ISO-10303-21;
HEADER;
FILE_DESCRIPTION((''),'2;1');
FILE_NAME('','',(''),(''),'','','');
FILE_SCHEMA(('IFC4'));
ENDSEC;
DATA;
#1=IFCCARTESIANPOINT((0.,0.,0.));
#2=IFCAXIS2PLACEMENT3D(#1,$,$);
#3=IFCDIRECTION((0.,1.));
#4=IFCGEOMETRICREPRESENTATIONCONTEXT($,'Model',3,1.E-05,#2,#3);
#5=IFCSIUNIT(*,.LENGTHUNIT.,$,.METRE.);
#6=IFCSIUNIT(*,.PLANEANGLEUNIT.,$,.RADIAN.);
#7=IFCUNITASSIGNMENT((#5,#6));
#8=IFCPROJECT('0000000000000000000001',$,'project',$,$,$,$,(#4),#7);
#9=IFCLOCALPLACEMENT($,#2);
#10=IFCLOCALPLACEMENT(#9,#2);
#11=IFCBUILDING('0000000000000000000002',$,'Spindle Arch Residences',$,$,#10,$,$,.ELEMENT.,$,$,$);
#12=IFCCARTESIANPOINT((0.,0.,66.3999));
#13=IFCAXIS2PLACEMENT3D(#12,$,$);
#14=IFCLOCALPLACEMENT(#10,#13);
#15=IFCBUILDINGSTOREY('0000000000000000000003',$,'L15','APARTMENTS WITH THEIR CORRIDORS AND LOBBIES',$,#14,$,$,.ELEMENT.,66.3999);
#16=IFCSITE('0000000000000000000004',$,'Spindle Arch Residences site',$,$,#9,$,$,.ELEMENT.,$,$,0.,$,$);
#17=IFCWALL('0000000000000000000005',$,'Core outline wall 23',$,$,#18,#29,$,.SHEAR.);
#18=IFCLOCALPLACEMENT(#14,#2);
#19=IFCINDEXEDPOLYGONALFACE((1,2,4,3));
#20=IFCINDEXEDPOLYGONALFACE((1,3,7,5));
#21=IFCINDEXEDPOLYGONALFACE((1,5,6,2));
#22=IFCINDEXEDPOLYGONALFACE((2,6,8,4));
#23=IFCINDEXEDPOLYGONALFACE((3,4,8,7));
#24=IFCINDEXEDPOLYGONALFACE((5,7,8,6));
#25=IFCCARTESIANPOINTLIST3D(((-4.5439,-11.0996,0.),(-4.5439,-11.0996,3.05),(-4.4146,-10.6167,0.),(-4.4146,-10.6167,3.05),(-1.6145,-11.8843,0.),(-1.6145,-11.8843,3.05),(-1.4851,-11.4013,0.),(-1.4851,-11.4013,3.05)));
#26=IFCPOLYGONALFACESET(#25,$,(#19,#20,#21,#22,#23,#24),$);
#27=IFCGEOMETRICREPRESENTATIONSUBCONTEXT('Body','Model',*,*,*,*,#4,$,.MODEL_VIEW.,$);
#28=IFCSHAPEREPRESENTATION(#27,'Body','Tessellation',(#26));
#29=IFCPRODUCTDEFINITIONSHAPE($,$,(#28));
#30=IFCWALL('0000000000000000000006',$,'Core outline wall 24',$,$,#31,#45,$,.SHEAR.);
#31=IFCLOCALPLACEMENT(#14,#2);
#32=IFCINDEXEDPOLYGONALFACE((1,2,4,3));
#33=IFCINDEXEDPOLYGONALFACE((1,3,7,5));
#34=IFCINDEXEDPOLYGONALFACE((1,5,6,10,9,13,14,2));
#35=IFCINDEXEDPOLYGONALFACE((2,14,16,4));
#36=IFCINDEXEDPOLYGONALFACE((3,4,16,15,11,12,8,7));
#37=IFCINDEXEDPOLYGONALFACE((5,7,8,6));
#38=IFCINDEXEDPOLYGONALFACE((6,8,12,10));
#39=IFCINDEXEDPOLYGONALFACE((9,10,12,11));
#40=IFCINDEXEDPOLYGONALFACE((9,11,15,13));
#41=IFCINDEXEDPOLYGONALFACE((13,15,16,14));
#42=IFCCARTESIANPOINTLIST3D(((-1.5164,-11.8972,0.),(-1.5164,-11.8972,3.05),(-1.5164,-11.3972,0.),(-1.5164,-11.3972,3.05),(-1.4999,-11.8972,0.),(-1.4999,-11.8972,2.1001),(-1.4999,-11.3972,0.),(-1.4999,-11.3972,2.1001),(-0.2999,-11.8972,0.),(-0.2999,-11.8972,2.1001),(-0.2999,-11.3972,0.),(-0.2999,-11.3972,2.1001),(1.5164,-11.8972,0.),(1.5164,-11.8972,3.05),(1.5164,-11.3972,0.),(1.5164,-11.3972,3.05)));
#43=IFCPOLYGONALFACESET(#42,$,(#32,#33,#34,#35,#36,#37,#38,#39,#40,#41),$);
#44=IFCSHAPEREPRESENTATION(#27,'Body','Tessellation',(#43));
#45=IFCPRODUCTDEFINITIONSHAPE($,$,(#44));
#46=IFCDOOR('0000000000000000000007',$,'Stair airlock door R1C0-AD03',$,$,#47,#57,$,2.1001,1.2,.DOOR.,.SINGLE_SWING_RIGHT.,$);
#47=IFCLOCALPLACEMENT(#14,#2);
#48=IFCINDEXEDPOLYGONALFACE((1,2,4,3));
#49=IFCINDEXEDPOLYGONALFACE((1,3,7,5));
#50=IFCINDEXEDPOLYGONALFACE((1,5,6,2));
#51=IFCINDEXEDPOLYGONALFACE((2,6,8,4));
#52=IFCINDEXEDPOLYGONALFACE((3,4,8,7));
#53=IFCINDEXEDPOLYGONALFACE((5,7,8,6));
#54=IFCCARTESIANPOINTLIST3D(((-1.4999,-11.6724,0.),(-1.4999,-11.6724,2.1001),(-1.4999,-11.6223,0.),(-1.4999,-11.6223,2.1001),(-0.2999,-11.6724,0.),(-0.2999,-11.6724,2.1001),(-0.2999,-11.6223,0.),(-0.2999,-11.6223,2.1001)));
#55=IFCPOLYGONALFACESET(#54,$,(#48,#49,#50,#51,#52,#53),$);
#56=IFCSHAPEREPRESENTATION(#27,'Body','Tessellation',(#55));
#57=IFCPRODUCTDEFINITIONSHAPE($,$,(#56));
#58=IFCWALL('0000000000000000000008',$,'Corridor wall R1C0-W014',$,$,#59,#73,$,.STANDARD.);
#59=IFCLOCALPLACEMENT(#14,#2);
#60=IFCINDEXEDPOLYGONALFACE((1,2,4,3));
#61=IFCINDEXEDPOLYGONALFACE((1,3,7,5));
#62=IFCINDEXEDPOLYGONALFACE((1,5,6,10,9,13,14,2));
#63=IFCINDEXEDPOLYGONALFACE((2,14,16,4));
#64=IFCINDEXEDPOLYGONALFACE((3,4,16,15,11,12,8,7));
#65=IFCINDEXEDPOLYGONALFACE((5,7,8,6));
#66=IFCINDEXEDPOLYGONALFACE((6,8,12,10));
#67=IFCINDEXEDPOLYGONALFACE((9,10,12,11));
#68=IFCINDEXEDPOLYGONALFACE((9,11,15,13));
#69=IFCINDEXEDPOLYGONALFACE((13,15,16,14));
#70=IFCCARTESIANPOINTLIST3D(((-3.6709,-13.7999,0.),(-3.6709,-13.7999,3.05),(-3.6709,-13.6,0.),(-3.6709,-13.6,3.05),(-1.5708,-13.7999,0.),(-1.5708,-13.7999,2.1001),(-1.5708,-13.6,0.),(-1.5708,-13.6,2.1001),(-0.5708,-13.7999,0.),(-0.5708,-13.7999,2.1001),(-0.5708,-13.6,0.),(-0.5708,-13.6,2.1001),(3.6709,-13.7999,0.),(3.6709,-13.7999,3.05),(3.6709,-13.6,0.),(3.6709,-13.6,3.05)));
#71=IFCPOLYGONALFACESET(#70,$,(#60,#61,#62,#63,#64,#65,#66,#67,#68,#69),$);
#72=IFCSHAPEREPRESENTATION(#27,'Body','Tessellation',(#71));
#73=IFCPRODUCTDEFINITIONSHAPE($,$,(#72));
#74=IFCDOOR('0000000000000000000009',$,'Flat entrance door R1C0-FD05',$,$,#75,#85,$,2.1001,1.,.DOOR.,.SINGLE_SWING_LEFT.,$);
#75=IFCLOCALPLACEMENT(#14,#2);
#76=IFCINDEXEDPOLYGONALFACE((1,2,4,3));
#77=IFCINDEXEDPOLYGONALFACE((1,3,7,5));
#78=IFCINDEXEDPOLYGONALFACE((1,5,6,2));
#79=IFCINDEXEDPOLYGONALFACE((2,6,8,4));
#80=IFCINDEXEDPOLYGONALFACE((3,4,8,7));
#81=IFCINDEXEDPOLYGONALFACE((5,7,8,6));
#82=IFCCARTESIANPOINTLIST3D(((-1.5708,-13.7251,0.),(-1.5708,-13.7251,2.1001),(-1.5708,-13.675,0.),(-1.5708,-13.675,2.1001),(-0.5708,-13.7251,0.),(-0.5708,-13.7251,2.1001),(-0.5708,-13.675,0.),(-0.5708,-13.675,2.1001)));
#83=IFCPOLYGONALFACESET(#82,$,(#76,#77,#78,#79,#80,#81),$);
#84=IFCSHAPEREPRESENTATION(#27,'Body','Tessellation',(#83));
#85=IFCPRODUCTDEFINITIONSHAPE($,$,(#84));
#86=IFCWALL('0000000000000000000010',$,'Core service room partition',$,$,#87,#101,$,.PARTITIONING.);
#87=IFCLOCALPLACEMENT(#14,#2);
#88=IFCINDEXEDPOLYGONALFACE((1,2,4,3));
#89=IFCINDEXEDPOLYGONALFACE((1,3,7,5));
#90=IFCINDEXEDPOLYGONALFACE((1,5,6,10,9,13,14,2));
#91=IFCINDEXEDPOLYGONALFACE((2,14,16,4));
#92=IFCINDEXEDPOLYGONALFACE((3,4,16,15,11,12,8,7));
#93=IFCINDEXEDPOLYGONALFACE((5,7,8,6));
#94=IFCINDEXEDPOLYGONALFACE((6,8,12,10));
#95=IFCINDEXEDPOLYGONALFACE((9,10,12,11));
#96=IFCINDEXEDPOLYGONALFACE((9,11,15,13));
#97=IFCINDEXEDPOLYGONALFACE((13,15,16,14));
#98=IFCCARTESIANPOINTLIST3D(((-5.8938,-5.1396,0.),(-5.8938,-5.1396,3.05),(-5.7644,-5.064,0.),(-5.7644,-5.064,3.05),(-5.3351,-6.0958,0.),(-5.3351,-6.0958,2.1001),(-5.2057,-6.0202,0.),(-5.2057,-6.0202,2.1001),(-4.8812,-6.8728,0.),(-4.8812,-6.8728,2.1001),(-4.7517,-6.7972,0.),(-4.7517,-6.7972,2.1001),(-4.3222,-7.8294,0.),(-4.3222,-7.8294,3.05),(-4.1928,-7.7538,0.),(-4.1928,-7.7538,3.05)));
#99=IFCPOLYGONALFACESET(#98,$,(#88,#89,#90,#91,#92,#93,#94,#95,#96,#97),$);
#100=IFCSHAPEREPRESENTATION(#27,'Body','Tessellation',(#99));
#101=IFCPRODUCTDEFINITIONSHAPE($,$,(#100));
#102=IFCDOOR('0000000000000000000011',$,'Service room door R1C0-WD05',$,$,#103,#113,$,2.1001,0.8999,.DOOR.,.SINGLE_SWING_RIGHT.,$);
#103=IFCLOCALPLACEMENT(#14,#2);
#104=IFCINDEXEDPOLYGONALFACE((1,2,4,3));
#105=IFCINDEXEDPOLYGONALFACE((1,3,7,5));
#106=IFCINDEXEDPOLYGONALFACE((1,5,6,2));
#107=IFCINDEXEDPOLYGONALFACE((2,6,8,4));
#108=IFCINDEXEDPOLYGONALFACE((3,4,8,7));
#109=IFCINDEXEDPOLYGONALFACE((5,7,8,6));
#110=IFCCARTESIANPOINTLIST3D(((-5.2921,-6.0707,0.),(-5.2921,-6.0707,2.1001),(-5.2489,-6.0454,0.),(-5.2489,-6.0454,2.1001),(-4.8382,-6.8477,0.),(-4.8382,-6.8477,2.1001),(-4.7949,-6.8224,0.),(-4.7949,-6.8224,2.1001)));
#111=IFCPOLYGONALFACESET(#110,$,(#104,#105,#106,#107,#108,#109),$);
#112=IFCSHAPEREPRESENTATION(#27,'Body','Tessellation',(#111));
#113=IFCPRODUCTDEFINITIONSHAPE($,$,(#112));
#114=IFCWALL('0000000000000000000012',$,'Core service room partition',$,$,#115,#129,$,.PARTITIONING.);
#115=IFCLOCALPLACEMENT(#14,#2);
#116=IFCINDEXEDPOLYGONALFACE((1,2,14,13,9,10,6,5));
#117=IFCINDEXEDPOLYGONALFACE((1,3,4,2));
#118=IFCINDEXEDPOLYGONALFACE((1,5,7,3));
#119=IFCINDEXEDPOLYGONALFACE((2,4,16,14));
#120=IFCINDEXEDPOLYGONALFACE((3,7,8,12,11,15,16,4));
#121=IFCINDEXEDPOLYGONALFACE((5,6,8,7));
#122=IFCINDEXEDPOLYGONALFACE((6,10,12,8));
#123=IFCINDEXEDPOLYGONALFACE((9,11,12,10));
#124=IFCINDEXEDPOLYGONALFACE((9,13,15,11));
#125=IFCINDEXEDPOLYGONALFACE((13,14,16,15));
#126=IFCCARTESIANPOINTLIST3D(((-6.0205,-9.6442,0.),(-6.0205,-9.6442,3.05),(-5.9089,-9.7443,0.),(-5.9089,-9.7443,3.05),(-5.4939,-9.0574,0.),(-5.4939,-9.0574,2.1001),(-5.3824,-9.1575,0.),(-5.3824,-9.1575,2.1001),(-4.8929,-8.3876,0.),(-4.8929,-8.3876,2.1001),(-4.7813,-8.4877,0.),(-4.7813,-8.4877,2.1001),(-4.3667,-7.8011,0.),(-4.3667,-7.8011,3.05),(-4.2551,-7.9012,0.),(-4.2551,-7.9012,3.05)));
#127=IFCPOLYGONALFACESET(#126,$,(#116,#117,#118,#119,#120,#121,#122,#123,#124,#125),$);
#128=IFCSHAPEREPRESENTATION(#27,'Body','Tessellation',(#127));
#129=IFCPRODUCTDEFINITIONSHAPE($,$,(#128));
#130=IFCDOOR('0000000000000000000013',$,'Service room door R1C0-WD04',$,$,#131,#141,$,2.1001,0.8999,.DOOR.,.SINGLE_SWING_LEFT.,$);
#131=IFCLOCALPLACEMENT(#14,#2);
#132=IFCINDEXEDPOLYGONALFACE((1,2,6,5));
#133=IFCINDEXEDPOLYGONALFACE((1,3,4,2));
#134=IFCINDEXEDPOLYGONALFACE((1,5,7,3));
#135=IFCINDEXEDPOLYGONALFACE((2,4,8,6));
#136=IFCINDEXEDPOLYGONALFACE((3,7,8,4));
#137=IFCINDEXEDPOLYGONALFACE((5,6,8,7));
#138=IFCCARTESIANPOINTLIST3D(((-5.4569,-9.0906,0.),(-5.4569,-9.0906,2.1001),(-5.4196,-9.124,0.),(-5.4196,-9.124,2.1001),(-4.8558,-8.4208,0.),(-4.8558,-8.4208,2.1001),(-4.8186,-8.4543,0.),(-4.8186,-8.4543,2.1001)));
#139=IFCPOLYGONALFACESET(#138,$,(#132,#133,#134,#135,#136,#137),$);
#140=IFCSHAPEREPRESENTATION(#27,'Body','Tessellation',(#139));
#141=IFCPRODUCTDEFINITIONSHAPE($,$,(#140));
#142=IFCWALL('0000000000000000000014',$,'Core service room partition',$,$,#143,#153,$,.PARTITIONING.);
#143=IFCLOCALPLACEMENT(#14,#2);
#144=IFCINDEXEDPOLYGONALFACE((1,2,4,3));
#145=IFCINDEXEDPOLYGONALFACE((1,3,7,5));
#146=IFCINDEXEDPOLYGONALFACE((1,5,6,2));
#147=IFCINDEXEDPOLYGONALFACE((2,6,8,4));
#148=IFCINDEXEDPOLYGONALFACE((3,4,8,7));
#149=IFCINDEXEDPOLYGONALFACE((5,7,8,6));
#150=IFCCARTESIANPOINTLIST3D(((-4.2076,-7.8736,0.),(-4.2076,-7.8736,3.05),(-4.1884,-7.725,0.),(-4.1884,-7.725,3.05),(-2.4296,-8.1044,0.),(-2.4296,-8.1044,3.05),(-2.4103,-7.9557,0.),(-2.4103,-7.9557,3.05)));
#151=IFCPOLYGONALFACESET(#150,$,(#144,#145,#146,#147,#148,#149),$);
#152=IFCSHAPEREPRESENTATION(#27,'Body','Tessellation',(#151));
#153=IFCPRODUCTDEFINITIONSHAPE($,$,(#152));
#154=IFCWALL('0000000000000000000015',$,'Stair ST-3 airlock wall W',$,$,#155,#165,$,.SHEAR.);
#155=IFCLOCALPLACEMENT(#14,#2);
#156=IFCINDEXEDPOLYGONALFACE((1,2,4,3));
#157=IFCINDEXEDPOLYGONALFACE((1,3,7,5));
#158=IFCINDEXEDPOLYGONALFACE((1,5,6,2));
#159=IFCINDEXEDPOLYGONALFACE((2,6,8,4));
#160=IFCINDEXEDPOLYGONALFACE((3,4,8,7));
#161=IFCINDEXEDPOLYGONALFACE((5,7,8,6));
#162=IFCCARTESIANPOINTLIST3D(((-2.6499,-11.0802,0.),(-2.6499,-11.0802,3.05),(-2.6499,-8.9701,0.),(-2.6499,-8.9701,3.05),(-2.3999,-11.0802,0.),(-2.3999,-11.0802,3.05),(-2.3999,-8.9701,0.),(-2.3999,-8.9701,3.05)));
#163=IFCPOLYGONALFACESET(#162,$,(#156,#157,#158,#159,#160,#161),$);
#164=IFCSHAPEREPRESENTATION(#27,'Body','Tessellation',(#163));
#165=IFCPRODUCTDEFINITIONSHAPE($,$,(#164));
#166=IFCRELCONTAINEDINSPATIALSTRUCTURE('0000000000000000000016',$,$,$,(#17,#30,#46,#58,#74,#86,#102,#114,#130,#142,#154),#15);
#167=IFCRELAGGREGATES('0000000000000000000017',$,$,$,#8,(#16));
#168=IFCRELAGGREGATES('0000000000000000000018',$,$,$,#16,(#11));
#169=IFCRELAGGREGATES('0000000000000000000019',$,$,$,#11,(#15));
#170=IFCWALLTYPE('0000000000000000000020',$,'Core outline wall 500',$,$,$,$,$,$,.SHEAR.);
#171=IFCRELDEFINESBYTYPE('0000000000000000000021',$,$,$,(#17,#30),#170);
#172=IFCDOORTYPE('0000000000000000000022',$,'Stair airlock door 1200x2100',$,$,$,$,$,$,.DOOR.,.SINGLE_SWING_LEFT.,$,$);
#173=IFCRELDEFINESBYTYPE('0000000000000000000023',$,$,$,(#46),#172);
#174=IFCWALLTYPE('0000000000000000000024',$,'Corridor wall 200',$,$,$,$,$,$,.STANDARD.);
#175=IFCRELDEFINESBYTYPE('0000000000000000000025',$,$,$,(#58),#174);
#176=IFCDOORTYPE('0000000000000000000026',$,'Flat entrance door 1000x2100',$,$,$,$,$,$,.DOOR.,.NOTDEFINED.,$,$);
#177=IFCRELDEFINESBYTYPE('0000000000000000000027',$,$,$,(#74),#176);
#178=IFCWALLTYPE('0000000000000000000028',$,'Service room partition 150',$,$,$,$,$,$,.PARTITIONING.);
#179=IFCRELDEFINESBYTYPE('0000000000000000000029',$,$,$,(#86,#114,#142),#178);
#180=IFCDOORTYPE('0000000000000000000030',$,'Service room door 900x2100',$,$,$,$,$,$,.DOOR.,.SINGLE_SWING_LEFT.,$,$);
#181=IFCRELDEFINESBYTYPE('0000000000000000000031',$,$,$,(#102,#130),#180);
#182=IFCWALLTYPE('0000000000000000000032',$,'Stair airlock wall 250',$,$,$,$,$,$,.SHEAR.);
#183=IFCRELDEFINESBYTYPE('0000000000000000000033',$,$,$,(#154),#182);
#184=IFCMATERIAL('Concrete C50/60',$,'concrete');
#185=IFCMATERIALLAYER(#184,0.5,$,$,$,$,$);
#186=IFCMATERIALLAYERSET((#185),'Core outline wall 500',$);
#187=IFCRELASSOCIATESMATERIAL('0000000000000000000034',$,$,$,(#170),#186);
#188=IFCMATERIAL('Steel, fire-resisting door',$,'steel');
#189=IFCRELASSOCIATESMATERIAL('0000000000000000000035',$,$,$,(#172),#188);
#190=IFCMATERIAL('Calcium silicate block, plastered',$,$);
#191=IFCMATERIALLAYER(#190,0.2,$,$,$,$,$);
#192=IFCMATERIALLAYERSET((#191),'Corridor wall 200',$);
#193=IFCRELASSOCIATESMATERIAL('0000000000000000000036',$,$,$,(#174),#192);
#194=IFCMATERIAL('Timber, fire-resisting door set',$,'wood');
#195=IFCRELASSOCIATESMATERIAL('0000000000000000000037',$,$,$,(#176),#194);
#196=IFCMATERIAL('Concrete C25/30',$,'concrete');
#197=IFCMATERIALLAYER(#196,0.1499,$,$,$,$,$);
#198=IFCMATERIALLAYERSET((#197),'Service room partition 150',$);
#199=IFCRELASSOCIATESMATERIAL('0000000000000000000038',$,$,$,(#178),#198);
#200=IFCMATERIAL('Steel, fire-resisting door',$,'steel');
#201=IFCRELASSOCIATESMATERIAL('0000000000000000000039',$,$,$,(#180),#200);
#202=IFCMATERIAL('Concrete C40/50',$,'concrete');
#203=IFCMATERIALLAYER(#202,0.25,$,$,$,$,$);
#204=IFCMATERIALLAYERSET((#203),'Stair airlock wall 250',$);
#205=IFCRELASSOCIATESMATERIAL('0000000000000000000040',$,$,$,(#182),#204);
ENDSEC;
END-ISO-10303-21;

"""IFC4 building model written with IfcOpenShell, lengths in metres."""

from ifc_helpers import new_model, si_unit, direction, frame, frame_2d, origin, place, context, subcontext, project, spatial, rectangle, extrude, material, layer, layer_set, type_object, element, fill, save


model = new_model("IFC4")

# Units and contexts
model_context = context("Model", 3, precision=1e-05, world=origin(), true_north=direction((0.0, 1.0)))
body_context = subcontext(model_context, "Body", "Model", "MODEL_VIEW")
ifc_project = project(units=[si_unit("LENGTHUNIT", "METRE"), si_unit("PLANEANGLEUNIT", "RADIAN")], contexts=[model_context])

# Site, building, storey
site_placement = place(None, origin())
site = spatial("IfcSite", under=ifc_project, at=site_placement, Name="Spindle Arch Residences site", CompositionType="ELEMENT", RefElevation=0.0)
building_placement = place(site_placement, origin())
building = spatial("IfcBuilding", under=site, at=building_placement, Name="Spindle Arch Residences", CompositionType="ELEMENT")
storey_placement = place(building_placement, frame((0.0, 0.0, 66.3999)))
storey = spatial("IfcBuildingStorey", under=building, at=storey_placement, Name="L15", Description="APARTMENTS WITH THEIR CORRIDORS AND LOBBIES", CompositionType="ELEMENT", Elevation=66.3999)

# Wall
ifc_material_1 = material(Name="Concrete C50/60", Category="concrete")
ifc_layer_1 = layer(ifc_material_1, 0.5)
ifc_layer_set_1 = layer_set([ifc_layer_1], Name="Core outline wall 500")
wall_type_1 = type_object("IfcWallType", Name="Core outline wall 500", PredefinedType="SHEAR", material=ifc_layer_set_1)
wall_1_placement = place(storey_placement, frame((-4.4792, -10.8582, 0.0), z_axis=(0.0, 0.0, 1.0), x_axis=(0.965948, -0.258735, 0.0)))
element("IfcWall", 1, at=wall_1_placement, inside=storey, type_object=wall_type_1, Name="Core outline wall 23", PredefinedType="SHEAR", context=body_context, shape_type="SweptSolid", body=[
    extrude(rectangle(XDim=3.0327, YDim=0.5, at=frame_2d((1.5164, 0.0))), origin(), (0.0, 0.0, 1.0), 3.05),
])

# Walls, openings, doors
wall_2_placement = place(storey_placement, frame((-1.5164, -11.6472, 0.0), z_axis=(0.0, 0.0, 1.0), x_axis=(1.0, 0.0, 0.0)))
wall_2 = element("IfcWall", 2, at=wall_2_placement, inside=storey, type_object=wall_type_1, Name="Core outline wall 24", PredefinedType="SHEAR", context=body_context, shape_type="SweptSolid", body=[
    extrude(rectangle(XDim=3.0327, YDim=0.5, at=frame_2d((1.5164, 0.0))), origin(), (0.0, 0.0, 1.0), 3.05),
])
opening_1_placement = place(wall_2_placement, frame((0.0164, 0.0, 0.0)))
opening_1 = element("IfcOpeningElement", 3, at=opening_1_placement, cuts=wall_2, PredefinedType="OPENING", context=body_context, shape_type="SweptSolid", body=[
    extrude(rectangle(XDim=1.2, YDim=2.1001, at=frame_2d((0.6001, 1.05))), frame((0.0, 0.26, 0.0), z_axis=(0.0, -1.0, 0.0), x_axis=(1.0, 0.0, 0.0)), (0.0, 0.0, 1.0), 0.52),
])
ifc_material_2 = material(Name="Steel, fire-resisting door", Category="steel")
door_type_1 = type_object("IfcDoorType", Name="Stair airlock door 1200x2100", OperationType="SINGLE_SWING_LEFT", PredefinedType="DOOR", material=ifc_material_2)
door_1_placement = place(opening_1_placement, origin())
door_1 = element("IfcDoor", 4, at=door_1_placement, inside=storey, type_object=door_type_1, Name="Stair airlock door R1C0-AD03", OperationType="SINGLE_SWING_RIGHT", OverallHeight=2.1001, OverallWidth=1.2, PredefinedType="DOOR", context=body_context, shape_type="SweptSolid", body=[
    extrude(rectangle(XDim=1.2, YDim=2.1001, at=frame_2d((0.6001, 1.05))), frame((0.0, 0.0249, 0.0), z_axis=(0.0, -1.0, 0.0), x_axis=(1.0, 0.0, 0.0)), (0.0, 0.0, 1.0), 0.05),
])
fill(opening_1, door_1)
ifc_material_3 = material(Name="Calcium silicate block, plastered")
ifc_layer_2 = layer(ifc_material_3, 0.2)
ifc_layer_set_2 = layer_set([ifc_layer_2], Name="Corridor wall 200")
wall_type_2 = type_object("IfcWallType", Name="Corridor wall 200", PredefinedType="STANDARD", material=ifc_layer_set_2)
wall_3_placement = place(storey_placement, frame((-3.6709, -13.7, 0.0), z_axis=(0.0, 0.0, 1.0), x_axis=(1.0, 0.0, 0.0)))
wall_3 = element("IfcWall", 5, at=wall_3_placement, inside=storey, type_object=wall_type_2, Name="Corridor wall R1C0-W014", PredefinedType="STANDARD", context=body_context, shape_type="SweptSolid", body=[
    extrude(rectangle(XDim=7.3418, YDim=0.2, at=frame_2d((3.6709, 0.0))), origin(), (0.0, 0.0, 1.0), 3.05),
])
opening_2_placement = place(wall_3_placement, frame((2.1001, 0.0, 0.0)))
opening_2 = element("IfcOpeningElement", 6, at=opening_2_placement, cuts=wall_3, PredefinedType="OPENING", context=body_context, shape_type="SweptSolid", body=[
    extrude(rectangle(XDim=1.0, YDim=2.1001, at=frame_2d((0.5, 1.05))), frame((0.0, 0.1099, 0.0), z_axis=(0.0, -1.0, 0.0), x_axis=(1.0, 0.0, 0.0)), (0.0, 0.0, 1.0), 0.22),
])
ifc_material_4 = material(Name="Timber, fire-resisting door set", Category="wood")
door_type_2 = type_object("IfcDoorType", Name="Flat entrance door 1000x2100", OperationType="NOTDEFINED", PredefinedType="DOOR", material=ifc_material_4)
door_2_placement = place(opening_2_placement, origin())
door_2 = element("IfcDoor", 7, at=door_2_placement, inside=storey, type_object=door_type_2, Name="Flat entrance door R1C0-FD05", OperationType="SINGLE_SWING_LEFT", OverallHeight=2.1001, OverallWidth=1.0, PredefinedType="DOOR", context=body_context, shape_type="SweptSolid", body=[
    extrude(rectangle(XDim=1.0, YDim=2.1001, at=frame_2d((0.5, 1.05))), frame((0.0, 0.0249, 0.0), z_axis=(0.0, -1.0, 0.0), x_axis=(1.0, 0.0, 0.0)), (0.0, 0.0, 1.0), 0.05),
])
fill(opening_2, door_2)
ifc_material_5 = material(Name="Concrete C25/30", Category="concrete")
ifc_layer_3 = layer(ifc_material_5, 0.1499)
ifc_layer_set_3 = layer_set([ifc_layer_3], Name="Service room partition 150")
wall_type_3 = type_object("IfcWallType", Name="Service room partition 150", PredefinedType="PARTITIONING", material=ifc_layer_set_3)
wall_4_placement = place(storey_placement, frame((-5.8291, -5.1018, 0.0), z_axis=(0.0, 0.0, 1.0), x_axis=(0.50448, -0.863423, 0.0)))
wall_4 = element("IfcWall", 8, at=wall_4_placement, inside=storey, type_object=wall_type_3, Name="Core service room partition", PredefinedType="PARTITIONING", context=body_context, shape_type="SweptSolid", body=[
    extrude(rectangle(XDim=3.1152, YDim=0.1499, at=frame_2d((1.5576, 0.0))), origin(), (0.0, 0.0, 1.0), 3.05),
])
opening_3_placement = place(wall_4_placement, frame((1.1074, 0.0, 0.0)))
opening_3 = element("IfcOpeningElement", 9, at=opening_3_placement, cuts=wall_4, PredefinedType="OPENING", context=body_context, shape_type="SweptSolid", body=[
    extrude(rectangle(XDim=0.8999, YDim=2.1001, at=frame_2d((0.45, 1.05))), frame((0.0, 0.085, 0.0), z_axis=(0.0, -1.0, 0.0), x_axis=(1.0, 0.0, 0.0)), (0.0, 0.0, 1.0), 0.1699),
])
ifc_material_6 = material(Name="Steel, fire-resisting door", Category="steel")
door_type_3 = type_object("IfcDoorType", Name="Service room door 900x2100", OperationType="SINGLE_SWING_LEFT", PredefinedType="DOOR", material=ifc_material_6)
door_3_placement = place(opening_3_placement, origin())
door_3 = element("IfcDoor", 10, at=door_3_placement, inside=storey, type_object=door_type_3, Name="Service room door R1C0-WD05", OperationType="SINGLE_SWING_RIGHT", OverallHeight=2.1001, OverallWidth=0.8999, PredefinedType="DOOR", context=body_context, shape_type="SweptSolid", body=[
    extrude(rectangle(XDim=0.8999, YDim=2.1001, at=frame_2d((0.45, 1.05))), frame((0.0, 0.0249, 0.0), z_axis=(0.0, -1.0, 0.0), x_axis=(1.0, 0.0, 0.0)), (0.0, 0.0, 1.0), 0.05),
])
fill(opening_3, door_3)
wall_5_placement = place(storey_placement, frame((-4.3108, -7.8511, 0.0), z_axis=(0.0, 0.0, 1.0), x_axis=(-0.667869, -0.744279, 0.0)))
wall_5 = element("IfcWall", 11, at=wall_5_placement, inside=storey, type_object=wall_type_3, Name="Core service room partition", PredefinedType="PARTITIONING", context=body_context, shape_type="SweptSolid", body=[
    extrude(rectangle(XDim=2.4763, YDim=0.1499, at=frame_2d((1.2383, 0.0))), origin(), (0.0, 0.0, 1.0), 3.05),
])
opening_4_placement = place(wall_5_placement, frame((0.7881, 0.0, 0.0)))
opening_4 = element("IfcOpeningElement", 12, at=opening_4_placement, cuts=wall_5, PredefinedType="OPENING", context=body_context, shape_type="SweptSolid", body=[
    extrude(rectangle(XDim=0.8999, YDim=2.1001, at=frame_2d((0.45, 1.05))), frame((0.0, 0.085, 0.0), z_axis=(0.0, -1.0, 0.0), x_axis=(1.0, 0.0, 0.0)), (0.0, 0.0, 1.0), 0.1699),
])
door_4_placement = place(opening_4_placement, origin())
door_4 = element("IfcDoor", 13, at=door_4_placement, inside=storey, type_object=door_type_3, Name="Service room door R1C0-WD04", OperationType="SINGLE_SWING_LEFT", OverallHeight=2.1001, OverallWidth=0.8999, PredefinedType="DOOR", context=body_context, shape_type="SweptSolid", body=[
    extrude(rectangle(XDim=0.8999, YDim=2.1001, at=frame_2d((0.45, 1.05))), frame((0.0, 0.0249, 0.0), z_axis=(0.0, -1.0, 0.0), x_axis=(1.0, 0.0, 0.0)), (0.0, 0.0, 1.0), 0.05),
])
fill(opening_4, door_4)

# Walls
wall_6_placement = place(storey_placement, frame((-4.198, -7.7993, 0.0), z_axis=(0.0, 0.0, 1.0), x_axis=(0.991687, -0.128676, 0.0)))
element("IfcWall", 14, at=wall_6_placement, inside=storey, type_object=wall_type_3, Name="Core service room partition", PredefinedType="PARTITIONING", context=body_context, shape_type="SweptSolid", body=[
    extrude(rectangle(XDim=1.793, YDim=0.1499, at=frame_2d((0.8965, 0.0))), origin(), (0.0, 0.0, 1.0), 3.05),
])
ifc_material_7 = material(Name="Concrete C40/50", Category="concrete")
ifc_layer_4 = layer(ifc_material_7, 0.25)
ifc_layer_set_4 = layer_set([ifc_layer_4], Name="Stair airlock wall 250")
wall_type_4 = type_object("IfcWallType", Name="Stair airlock wall 250", PredefinedType="SHEAR", material=ifc_layer_set_4)
wall_7_placement = place(storey_placement, frame((-2.5249, -8.97, 0.0), z_axis=(0.0, 0.0, 1.0), x_axis=(0.0, -1.0, 0.0)))
element("IfcWall", 15, at=wall_7_placement, inside=storey, type_object=wall_type_4, Name="Stair ST-3 airlock wall W", PredefinedType="SHEAR", context=body_context, shape_type="SweptSolid", body=[
    extrude(rectangle(XDim=2.1101, YDim=0.25, at=frame_2d((1.0552, 0.0))), origin(), (0.0, 0.0, 1.0), 3.05),
])

save(model, "model.ifc")
